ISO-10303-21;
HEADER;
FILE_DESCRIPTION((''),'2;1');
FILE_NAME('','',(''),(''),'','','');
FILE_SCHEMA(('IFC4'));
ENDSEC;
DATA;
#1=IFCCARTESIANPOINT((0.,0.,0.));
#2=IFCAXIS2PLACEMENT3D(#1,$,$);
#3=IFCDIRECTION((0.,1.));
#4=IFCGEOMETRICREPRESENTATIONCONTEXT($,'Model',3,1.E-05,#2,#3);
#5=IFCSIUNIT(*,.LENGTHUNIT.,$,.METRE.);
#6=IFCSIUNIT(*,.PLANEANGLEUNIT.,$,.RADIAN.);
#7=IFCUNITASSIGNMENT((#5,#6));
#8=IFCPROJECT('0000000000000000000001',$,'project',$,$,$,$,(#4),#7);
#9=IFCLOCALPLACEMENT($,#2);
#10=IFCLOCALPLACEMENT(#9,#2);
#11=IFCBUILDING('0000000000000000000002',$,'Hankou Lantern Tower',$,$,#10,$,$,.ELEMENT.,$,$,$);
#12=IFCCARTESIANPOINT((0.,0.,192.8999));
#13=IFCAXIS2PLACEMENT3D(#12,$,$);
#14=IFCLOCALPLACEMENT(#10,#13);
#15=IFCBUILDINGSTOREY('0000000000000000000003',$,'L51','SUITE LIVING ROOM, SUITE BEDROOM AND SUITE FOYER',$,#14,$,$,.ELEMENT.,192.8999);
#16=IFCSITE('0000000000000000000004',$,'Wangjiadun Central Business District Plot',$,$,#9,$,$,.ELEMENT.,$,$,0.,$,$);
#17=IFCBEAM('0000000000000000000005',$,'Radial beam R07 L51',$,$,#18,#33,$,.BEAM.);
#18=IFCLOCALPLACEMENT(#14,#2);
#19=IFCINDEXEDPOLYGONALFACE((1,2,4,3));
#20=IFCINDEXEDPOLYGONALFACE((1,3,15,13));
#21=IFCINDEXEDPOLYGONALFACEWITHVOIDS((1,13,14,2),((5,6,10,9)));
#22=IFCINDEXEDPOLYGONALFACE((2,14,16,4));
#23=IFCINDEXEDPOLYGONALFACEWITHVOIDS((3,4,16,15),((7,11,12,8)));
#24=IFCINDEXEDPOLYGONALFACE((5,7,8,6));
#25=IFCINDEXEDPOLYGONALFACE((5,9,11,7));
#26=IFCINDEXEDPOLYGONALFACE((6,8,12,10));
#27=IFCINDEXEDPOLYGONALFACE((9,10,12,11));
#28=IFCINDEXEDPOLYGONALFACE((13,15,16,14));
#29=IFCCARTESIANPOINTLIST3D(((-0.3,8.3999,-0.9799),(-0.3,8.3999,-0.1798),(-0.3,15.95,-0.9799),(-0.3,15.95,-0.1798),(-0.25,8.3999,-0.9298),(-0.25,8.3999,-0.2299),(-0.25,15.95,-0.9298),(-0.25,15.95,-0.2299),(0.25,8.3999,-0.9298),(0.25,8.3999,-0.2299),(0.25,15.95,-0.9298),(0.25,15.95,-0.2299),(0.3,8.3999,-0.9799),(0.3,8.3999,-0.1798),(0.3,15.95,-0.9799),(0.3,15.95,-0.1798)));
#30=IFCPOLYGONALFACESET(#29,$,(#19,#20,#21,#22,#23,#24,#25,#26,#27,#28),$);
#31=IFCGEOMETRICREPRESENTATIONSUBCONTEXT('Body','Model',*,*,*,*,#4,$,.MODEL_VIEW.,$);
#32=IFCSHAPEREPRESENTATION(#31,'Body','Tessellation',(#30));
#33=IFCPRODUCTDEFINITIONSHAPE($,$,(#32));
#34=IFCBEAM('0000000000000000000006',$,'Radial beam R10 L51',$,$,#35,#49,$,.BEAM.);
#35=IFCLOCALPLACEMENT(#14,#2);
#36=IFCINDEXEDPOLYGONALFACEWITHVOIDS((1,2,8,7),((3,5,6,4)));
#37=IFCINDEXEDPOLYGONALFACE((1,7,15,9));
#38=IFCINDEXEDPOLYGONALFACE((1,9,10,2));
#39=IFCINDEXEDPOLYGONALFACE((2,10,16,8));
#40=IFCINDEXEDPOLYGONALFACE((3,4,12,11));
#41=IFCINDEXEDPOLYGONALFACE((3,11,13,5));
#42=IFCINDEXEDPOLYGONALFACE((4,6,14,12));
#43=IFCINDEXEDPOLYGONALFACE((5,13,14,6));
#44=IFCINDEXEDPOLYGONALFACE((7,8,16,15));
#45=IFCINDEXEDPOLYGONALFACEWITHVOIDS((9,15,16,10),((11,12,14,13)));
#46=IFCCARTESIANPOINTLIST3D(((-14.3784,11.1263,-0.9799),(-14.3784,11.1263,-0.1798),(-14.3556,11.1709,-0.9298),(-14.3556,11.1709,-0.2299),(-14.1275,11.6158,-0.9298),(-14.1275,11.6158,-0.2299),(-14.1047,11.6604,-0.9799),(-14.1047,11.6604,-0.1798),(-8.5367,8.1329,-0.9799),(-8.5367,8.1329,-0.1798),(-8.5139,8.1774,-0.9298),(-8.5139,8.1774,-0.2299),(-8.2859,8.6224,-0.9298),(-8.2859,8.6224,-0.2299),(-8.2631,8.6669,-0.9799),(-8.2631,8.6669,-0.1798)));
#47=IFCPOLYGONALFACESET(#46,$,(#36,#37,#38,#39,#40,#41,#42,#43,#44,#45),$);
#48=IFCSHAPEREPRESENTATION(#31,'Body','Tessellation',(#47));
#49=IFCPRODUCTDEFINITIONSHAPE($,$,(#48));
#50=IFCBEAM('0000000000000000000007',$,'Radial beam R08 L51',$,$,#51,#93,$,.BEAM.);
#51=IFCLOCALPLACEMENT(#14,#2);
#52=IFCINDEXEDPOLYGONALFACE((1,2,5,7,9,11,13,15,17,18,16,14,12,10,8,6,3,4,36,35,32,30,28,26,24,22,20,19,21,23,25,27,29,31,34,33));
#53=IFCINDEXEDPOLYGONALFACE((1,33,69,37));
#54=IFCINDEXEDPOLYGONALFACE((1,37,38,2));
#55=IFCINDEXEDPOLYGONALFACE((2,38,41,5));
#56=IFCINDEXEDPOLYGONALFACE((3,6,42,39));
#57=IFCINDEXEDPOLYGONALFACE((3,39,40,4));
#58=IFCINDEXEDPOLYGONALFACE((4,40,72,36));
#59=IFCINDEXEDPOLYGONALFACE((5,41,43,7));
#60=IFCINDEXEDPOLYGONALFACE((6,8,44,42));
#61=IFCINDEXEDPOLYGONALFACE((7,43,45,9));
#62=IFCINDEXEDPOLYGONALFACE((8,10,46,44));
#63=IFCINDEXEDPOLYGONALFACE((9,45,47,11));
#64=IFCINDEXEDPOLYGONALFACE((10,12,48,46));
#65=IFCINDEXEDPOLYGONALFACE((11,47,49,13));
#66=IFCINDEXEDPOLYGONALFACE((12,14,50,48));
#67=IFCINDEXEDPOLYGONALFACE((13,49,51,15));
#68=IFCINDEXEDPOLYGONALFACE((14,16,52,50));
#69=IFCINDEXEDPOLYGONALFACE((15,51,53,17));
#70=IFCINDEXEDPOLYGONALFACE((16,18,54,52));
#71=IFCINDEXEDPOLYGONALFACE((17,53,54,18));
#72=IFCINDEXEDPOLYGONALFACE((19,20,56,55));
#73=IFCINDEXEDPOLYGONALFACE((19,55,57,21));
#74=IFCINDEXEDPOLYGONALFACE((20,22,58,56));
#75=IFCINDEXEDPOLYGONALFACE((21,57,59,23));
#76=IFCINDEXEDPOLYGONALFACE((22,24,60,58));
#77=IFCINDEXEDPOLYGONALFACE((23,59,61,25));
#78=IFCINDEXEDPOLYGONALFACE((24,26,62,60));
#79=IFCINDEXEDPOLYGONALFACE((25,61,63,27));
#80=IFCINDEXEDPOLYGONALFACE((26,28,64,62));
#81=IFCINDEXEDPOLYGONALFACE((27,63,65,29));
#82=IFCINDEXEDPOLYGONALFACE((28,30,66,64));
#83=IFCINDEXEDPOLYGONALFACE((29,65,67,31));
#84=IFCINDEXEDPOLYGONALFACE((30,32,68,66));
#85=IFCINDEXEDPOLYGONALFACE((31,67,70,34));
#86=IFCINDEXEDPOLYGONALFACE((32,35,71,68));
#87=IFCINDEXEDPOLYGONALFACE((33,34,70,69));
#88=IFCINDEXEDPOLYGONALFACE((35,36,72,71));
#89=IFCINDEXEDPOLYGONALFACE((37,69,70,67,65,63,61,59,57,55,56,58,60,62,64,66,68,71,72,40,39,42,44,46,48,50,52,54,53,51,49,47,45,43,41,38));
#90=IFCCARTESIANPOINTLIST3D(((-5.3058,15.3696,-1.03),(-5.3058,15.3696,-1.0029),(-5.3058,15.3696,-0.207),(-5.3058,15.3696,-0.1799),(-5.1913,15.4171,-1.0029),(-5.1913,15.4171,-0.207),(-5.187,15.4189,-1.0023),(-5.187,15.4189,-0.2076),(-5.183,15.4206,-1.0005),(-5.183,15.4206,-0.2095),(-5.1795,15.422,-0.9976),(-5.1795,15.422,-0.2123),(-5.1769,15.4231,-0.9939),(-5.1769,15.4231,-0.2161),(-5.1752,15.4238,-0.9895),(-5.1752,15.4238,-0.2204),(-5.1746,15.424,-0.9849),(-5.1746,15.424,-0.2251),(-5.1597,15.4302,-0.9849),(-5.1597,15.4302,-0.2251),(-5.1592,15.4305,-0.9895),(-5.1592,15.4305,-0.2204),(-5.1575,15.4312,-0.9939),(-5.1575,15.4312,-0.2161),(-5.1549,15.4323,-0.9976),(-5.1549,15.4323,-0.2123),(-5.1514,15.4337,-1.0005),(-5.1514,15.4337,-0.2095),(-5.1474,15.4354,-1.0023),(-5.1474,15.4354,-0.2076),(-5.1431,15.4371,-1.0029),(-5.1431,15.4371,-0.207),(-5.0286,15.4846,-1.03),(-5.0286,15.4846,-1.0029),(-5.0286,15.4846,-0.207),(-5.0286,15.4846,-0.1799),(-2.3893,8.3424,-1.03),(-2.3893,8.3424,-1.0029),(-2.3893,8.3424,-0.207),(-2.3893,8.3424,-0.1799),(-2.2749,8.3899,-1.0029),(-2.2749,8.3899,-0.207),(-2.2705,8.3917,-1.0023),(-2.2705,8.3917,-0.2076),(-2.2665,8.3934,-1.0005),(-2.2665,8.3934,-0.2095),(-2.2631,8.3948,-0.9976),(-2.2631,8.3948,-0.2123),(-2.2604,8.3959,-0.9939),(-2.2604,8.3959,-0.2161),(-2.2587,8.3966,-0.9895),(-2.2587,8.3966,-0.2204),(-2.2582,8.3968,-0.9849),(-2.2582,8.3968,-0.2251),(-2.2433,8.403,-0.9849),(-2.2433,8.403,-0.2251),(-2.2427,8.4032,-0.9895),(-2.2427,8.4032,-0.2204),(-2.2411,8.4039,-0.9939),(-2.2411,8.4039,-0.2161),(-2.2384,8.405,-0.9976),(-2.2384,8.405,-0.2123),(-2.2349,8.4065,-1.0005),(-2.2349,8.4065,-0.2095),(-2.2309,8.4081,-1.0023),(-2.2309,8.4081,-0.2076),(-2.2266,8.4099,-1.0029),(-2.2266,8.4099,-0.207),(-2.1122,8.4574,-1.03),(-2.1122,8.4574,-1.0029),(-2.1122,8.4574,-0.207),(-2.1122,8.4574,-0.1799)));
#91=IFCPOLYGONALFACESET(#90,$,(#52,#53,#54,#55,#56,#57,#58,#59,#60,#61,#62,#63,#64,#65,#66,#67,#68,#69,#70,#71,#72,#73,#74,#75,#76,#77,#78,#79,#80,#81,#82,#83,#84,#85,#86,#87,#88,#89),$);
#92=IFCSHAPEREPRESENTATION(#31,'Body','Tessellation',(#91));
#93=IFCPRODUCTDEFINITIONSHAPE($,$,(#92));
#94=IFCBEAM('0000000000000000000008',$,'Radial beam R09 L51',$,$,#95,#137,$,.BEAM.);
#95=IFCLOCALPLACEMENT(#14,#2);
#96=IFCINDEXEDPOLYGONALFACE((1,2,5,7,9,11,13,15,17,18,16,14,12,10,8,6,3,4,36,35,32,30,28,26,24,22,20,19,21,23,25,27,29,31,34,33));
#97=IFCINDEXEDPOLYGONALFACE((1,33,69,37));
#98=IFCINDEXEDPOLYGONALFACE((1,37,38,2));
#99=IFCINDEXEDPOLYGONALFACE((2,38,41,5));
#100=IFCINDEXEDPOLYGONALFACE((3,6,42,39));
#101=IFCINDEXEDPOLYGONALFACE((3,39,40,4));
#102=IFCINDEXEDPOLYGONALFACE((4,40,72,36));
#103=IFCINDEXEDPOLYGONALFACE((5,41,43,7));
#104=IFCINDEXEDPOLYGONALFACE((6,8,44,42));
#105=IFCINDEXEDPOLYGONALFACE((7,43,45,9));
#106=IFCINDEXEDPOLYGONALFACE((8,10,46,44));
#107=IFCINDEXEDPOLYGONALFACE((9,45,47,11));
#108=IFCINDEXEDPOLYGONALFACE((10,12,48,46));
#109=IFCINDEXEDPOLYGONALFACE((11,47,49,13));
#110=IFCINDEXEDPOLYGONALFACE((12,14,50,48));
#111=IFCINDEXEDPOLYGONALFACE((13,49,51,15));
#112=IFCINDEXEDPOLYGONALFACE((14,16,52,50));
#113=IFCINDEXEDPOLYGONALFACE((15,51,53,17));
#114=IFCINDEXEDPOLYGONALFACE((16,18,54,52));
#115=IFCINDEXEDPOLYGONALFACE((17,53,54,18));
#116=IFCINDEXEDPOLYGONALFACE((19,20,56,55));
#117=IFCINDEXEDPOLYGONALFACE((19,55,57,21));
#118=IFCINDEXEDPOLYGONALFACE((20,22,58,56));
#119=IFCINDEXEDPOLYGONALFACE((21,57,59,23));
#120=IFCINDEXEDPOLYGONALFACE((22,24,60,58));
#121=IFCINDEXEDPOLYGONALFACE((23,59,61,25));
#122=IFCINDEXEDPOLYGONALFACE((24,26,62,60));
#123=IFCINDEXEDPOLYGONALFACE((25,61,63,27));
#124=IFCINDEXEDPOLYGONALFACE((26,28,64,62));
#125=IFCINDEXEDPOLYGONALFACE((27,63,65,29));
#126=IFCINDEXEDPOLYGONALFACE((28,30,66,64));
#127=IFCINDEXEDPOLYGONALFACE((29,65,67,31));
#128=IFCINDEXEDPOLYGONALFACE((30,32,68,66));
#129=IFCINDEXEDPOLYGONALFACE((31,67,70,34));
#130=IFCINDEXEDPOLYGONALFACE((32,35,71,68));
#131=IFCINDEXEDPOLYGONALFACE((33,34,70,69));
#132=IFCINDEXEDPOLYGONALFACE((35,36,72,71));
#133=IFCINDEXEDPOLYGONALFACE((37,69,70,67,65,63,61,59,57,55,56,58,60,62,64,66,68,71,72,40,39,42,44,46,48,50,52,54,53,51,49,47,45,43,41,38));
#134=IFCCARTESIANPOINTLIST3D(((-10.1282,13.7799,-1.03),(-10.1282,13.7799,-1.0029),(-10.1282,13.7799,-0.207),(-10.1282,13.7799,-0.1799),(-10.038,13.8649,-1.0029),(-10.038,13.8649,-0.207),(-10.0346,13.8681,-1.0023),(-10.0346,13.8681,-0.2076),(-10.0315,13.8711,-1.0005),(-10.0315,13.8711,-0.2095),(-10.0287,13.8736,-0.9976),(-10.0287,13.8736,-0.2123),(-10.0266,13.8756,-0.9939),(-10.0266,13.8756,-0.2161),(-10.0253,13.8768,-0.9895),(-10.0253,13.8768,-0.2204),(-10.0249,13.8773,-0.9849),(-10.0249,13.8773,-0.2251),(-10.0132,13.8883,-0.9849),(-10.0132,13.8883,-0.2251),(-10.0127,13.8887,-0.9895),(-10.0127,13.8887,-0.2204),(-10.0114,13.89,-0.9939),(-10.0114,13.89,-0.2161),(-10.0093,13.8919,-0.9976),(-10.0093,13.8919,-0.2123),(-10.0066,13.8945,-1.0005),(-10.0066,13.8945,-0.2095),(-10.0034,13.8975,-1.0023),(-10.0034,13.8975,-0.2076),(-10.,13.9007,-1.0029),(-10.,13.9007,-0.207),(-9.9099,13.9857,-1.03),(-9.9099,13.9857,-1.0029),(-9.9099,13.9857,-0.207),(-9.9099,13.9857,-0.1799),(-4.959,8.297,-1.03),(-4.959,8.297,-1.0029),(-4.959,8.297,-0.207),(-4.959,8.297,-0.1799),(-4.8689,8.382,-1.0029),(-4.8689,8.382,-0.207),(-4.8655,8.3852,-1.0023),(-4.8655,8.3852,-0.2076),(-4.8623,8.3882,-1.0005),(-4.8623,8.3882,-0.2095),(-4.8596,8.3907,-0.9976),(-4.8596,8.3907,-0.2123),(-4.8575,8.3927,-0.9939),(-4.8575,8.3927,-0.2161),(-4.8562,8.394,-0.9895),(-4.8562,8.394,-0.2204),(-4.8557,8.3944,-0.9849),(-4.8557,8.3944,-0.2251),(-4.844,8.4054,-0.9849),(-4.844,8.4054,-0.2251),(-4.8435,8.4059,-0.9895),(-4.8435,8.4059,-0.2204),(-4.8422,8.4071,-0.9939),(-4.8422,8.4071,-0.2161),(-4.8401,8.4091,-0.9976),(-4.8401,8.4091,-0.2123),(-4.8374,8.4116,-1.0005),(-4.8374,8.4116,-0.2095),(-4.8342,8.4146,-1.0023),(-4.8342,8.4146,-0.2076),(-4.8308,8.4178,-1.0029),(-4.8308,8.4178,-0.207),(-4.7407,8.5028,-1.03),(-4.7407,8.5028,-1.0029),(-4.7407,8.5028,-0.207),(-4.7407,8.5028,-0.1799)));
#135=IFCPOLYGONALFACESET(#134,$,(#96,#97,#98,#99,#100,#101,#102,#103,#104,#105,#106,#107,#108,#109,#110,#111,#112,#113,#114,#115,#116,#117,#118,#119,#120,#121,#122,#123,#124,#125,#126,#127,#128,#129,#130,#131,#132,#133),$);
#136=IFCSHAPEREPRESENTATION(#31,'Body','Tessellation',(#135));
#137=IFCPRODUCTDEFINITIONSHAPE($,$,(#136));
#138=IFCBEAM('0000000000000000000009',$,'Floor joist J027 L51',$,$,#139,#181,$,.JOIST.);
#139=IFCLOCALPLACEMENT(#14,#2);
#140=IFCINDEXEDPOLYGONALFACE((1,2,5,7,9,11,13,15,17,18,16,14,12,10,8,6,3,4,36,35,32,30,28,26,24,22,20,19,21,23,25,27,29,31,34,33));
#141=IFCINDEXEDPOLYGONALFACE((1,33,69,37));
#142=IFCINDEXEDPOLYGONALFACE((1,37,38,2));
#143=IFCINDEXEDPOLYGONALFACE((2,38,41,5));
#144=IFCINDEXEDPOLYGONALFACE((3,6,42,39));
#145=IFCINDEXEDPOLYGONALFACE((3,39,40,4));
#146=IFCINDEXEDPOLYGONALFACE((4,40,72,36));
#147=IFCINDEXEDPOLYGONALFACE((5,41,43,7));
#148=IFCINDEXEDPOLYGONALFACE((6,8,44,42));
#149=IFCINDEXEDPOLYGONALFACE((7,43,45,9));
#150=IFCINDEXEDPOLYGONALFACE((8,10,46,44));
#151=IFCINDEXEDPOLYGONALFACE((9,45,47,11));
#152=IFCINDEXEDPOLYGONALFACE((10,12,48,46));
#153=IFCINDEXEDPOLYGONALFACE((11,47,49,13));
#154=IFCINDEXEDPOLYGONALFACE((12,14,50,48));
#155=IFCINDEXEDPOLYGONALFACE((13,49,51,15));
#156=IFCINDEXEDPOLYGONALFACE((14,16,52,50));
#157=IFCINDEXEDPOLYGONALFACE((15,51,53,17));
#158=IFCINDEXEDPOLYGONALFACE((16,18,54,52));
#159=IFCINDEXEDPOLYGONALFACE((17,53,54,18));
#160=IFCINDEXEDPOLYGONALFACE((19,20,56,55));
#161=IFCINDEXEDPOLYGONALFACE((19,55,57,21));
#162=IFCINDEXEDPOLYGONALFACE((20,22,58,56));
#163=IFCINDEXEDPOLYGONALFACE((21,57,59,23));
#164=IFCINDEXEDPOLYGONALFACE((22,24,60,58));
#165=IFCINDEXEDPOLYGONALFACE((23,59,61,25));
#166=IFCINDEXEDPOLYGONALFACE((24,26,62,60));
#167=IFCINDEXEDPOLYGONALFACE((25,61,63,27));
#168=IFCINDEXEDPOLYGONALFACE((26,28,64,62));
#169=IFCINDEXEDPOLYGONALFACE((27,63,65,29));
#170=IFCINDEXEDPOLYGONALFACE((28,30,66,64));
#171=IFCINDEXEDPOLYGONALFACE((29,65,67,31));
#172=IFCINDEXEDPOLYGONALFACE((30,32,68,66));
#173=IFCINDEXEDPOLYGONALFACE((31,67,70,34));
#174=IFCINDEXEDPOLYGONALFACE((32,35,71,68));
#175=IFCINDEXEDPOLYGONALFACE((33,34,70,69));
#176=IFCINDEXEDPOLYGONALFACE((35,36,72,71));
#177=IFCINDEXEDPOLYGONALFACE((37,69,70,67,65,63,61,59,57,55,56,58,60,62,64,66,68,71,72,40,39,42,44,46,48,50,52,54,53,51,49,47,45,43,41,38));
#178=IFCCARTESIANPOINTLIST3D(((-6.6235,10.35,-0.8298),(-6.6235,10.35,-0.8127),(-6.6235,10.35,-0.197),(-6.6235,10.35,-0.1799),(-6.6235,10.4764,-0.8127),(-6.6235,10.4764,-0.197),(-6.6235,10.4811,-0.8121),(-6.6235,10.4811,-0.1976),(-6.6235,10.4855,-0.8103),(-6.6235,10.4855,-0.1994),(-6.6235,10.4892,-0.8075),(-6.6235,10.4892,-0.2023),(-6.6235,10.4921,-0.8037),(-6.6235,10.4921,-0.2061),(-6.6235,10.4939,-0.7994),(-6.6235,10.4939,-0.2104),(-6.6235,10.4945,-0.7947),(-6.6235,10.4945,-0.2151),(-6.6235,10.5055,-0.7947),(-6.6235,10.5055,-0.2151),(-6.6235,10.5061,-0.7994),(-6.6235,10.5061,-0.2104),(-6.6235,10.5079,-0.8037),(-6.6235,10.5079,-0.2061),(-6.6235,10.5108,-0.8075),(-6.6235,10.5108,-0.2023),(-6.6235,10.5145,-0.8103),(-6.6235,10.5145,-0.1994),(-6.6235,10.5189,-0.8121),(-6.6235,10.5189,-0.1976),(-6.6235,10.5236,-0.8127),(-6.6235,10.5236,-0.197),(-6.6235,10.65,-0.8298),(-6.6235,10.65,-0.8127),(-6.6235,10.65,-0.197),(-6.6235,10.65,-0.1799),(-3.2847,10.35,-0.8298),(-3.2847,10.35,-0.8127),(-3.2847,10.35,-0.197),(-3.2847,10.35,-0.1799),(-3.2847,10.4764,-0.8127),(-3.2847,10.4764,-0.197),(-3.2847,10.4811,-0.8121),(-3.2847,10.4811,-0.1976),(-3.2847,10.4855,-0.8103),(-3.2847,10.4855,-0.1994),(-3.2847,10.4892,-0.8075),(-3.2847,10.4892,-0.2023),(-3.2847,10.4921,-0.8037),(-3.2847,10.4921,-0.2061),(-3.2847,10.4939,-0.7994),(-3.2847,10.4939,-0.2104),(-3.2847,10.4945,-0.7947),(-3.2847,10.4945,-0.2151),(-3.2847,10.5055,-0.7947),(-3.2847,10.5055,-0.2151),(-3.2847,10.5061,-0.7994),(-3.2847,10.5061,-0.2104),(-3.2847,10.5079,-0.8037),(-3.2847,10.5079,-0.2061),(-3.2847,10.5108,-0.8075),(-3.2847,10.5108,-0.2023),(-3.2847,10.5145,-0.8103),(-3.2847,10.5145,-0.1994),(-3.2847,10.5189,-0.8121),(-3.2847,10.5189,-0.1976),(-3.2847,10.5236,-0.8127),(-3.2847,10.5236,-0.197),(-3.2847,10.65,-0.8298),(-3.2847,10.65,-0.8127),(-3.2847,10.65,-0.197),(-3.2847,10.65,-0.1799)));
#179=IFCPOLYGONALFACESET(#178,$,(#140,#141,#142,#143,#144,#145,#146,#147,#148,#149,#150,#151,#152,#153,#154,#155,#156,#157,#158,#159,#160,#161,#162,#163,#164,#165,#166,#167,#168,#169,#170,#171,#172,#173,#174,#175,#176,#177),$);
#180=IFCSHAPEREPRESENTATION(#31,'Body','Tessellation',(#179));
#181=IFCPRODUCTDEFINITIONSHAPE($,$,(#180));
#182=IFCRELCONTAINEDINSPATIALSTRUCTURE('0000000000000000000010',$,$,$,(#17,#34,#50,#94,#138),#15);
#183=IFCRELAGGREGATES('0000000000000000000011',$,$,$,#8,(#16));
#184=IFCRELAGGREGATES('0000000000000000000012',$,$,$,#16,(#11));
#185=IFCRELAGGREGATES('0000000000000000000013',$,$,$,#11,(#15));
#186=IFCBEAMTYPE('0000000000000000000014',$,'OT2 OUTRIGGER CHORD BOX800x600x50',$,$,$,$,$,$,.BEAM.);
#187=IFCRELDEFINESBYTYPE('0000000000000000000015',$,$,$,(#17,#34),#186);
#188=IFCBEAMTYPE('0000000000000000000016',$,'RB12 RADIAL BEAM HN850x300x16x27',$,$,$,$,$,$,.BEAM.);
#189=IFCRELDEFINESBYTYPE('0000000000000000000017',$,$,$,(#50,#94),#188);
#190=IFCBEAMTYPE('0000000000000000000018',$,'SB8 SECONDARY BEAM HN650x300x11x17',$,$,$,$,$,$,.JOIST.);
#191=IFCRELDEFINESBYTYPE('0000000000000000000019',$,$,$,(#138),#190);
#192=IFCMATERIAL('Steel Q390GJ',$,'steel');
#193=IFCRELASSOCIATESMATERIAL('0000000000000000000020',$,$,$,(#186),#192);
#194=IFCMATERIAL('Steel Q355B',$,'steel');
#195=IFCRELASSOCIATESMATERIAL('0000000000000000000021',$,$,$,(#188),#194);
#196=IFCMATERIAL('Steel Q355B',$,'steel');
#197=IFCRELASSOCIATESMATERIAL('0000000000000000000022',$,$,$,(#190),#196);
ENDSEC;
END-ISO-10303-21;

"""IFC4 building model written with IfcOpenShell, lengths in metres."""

from ifc_helpers import new_model, si_unit, direction, frame, origin, origin_2d, place, context, subcontext, project, spatial, hollow_rectangle, i_section, extrude, material, material_profile, profile_set, type_object, element, save


model = new_model("IFC4")

# Units and contexts
model_context = context("Model", 3, precision=1e-05, world=origin(), true_north=direction((0.0, 1.0)))
body_context = subcontext(model_context, "Body", "Model", "MODEL_VIEW")
ifc_project = project(units=[si_unit("LENGTHUNIT", "METRE"), si_unit("PLANEANGLEUNIT", "RADIAN")], contexts=[model_context])

# Site, building, storey
site_placement = place(None, origin())
site = spatial("IfcSite", under=ifc_project, at=site_placement, Name="Wangjiadun Central Business District Plot", CompositionType="ELEMENT", RefElevation=0.0)
building_placement = place(site_placement, origin())
building = spatial("IfcBuilding", under=site, at=building_placement, Name="Hankou Lantern Tower", CompositionType="ELEMENT")
storey_placement = place(building_placement, frame((0.0, 0.0, 192.8999)))
storey = spatial("IfcBuildingStorey", under=building, at=storey_placement, Name="L51", Description="SUITE LIVING ROOM, SUITE BEDROOM AND SUITE FOYER", CompositionType="ELEMENT", Elevation=192.8999)

# Beams
ifc_material_1 = material(Name="Steel Q390GJ", Category="steel")
ifc_material_profile_1 = material_profile(ifc_material_1, hollow_rectangle(XDim=0.6001, YDim=0.8, WallThickness=0.05, at=origin_2d()), Name="BOX800x600x50")
ifc_profile_set_1 = profile_set([ifc_material_profile_1], Name="Steel Q390GJ")
beam_type_1 = type_object("IfcBeamType", Name="OT2 OUTRIGGER CHORD BOX800x600x50", PredefinedType="BEAM", material=ifc_profile_set_1)
beam_1_placement = place(storey_placement, frame((0.0, 8.3999, -0.5798), z_axis=(0.0, 1.0, 0.0), x_axis=(-1.0, 0.0, 0.0)))
element("IfcBeam", 1, at=beam_1_placement, inside=storey, type_object=beam_type_1, Name="Radial beam R07 L51", PredefinedType="BEAM", context=body_context, shape_type="SweptSolid", body=[
    extrude(hollow_rectangle(XDim=0.6001, YDim=0.8, WallThickness=0.05, at=origin_2d()), origin(), (0.0, 0.0, 1.0), 7.55),
])
beam_2_placement = place(storey_placement, frame((-8.3999, 8.3999, -0.5798), z_axis=(-0.889957, 0.456044, 0.0), x_axis=(-0.456044, -0.889957, 0.0)))
element("IfcBeam", 2, at=beam_2_placement, inside=storey, type_object=beam_type_1, Name="Radial beam R10 L51", PredefinedType="BEAM", context=body_context, shape_type="SweptSolid", body=[
    extrude(hollow_rectangle(XDim=0.6001, YDim=0.8, WallThickness=0.05, at=origin_2d()), origin(), (0.0, 0.0, 1.0), 6.564),
])
ifc_material_2 = material(Name="Steel Q355B", Category="steel")
ifc_material_profile_2 = material_profile(ifc_material_2, i_section(OverallWidth=0.3, OverallDepth=0.8501, WebThickness=0.0161, FlangeThickness=0.0271, FilletRadius=0.0181, at=origin_2d()), Name="HN850x300x16x27")
ifc_profile_set_2 = profile_set([ifc_material_profile_2], Name="Steel Q355B")
beam_type_2 = type_object("IfcBeamType", Name="RB12 RADIAL BEAM HN850x300x16x27", PredefinedType="BEAM", material=ifc_profile_set_2)
beam_3_placement = place(storey_placement, frame((-2.2507, 8.3999, -0.605), z_axis=(-0.383321, 0.923615, 0.0), x_axis=(-0.923615, -0.383321, 0.0)))
element("IfcBeam", 3, at=beam_3_placement, inside=storey, type_object=beam_type_2, Name="Radial beam R08 L51", PredefinedType="BEAM", context=body_context, shape_type="SweptSolid", body=[
    extrude(i_section(OverallWidth=0.3, OverallDepth=0.8501, WebThickness=0.0161, FlangeThickness=0.0271, FilletRadius=0.0181, at=origin_2d()), origin(), (0.0, 0.0, 1.0), 7.6084),
])
beam_4_placement = place(storey_placement, frame((-4.8499, 8.3999, -0.605), z_axis=(-0.685984, 0.727617, 0.0), x_axis=(-0.727617, -0.685984, 0.0)))
element("IfcBeam", 4, at=beam_4_placement, inside=storey, type_object=beam_type_2, Name="Radial beam R09 L51", PredefinedType="BEAM", context=body_context, shape_type="SweptSolid", body=[
    extrude(i_section(OverallWidth=0.3, OverallDepth=0.8501, WebThickness=0.0161, FlangeThickness=0.0271, FilletRadius=0.0181, at=origin_2d()), origin(), (0.0, 0.0, 1.0), 7.5354),
])
ifc_material_3 = material(Name="Steel Q355B", Category="steel")
ifc_material_profile_3 = material_profile(ifc_material_3, i_section(OverallWidth=0.3, OverallDepth=0.6499, WebThickness=0.011, FlangeThickness=0.0171, FilletRadius=0.0181, at=origin_2d()), Name="HN650x300x11x17")
ifc_profile_set_3 = profile_set([ifc_material_profile_3], Name="Steel Q355B")
beam_type_3 = type_object("IfcBeamType", Name="SB8 SECONDARY BEAM HN650x300x11x17", PredefinedType="JOIST", material=ifc_profile_set_3)
beam_5_placement = place(storey_placement, frame((-6.6235, 10.5, -0.5049), z_axis=(1.0, 0.0, 0.0), x_axis=(0.0, 1.0, 0.0)))
element("IfcBeam", 5, at=beam_5_placement, inside=storey, type_object=beam_type_3, Name="Floor joist J027 L51", PredefinedType="JOIST", context=body_context, shape_type="SweptSolid", body=[
    extrude(i_section(OverallWidth=0.3, OverallDepth=0.6499, WebThickness=0.011, FlangeThickness=0.0171, FilletRadius=0.0181, at=origin_2d()), origin(), (0.0, 0.0, 1.0), 3.3389),
])

save(model, "model.ifc")
